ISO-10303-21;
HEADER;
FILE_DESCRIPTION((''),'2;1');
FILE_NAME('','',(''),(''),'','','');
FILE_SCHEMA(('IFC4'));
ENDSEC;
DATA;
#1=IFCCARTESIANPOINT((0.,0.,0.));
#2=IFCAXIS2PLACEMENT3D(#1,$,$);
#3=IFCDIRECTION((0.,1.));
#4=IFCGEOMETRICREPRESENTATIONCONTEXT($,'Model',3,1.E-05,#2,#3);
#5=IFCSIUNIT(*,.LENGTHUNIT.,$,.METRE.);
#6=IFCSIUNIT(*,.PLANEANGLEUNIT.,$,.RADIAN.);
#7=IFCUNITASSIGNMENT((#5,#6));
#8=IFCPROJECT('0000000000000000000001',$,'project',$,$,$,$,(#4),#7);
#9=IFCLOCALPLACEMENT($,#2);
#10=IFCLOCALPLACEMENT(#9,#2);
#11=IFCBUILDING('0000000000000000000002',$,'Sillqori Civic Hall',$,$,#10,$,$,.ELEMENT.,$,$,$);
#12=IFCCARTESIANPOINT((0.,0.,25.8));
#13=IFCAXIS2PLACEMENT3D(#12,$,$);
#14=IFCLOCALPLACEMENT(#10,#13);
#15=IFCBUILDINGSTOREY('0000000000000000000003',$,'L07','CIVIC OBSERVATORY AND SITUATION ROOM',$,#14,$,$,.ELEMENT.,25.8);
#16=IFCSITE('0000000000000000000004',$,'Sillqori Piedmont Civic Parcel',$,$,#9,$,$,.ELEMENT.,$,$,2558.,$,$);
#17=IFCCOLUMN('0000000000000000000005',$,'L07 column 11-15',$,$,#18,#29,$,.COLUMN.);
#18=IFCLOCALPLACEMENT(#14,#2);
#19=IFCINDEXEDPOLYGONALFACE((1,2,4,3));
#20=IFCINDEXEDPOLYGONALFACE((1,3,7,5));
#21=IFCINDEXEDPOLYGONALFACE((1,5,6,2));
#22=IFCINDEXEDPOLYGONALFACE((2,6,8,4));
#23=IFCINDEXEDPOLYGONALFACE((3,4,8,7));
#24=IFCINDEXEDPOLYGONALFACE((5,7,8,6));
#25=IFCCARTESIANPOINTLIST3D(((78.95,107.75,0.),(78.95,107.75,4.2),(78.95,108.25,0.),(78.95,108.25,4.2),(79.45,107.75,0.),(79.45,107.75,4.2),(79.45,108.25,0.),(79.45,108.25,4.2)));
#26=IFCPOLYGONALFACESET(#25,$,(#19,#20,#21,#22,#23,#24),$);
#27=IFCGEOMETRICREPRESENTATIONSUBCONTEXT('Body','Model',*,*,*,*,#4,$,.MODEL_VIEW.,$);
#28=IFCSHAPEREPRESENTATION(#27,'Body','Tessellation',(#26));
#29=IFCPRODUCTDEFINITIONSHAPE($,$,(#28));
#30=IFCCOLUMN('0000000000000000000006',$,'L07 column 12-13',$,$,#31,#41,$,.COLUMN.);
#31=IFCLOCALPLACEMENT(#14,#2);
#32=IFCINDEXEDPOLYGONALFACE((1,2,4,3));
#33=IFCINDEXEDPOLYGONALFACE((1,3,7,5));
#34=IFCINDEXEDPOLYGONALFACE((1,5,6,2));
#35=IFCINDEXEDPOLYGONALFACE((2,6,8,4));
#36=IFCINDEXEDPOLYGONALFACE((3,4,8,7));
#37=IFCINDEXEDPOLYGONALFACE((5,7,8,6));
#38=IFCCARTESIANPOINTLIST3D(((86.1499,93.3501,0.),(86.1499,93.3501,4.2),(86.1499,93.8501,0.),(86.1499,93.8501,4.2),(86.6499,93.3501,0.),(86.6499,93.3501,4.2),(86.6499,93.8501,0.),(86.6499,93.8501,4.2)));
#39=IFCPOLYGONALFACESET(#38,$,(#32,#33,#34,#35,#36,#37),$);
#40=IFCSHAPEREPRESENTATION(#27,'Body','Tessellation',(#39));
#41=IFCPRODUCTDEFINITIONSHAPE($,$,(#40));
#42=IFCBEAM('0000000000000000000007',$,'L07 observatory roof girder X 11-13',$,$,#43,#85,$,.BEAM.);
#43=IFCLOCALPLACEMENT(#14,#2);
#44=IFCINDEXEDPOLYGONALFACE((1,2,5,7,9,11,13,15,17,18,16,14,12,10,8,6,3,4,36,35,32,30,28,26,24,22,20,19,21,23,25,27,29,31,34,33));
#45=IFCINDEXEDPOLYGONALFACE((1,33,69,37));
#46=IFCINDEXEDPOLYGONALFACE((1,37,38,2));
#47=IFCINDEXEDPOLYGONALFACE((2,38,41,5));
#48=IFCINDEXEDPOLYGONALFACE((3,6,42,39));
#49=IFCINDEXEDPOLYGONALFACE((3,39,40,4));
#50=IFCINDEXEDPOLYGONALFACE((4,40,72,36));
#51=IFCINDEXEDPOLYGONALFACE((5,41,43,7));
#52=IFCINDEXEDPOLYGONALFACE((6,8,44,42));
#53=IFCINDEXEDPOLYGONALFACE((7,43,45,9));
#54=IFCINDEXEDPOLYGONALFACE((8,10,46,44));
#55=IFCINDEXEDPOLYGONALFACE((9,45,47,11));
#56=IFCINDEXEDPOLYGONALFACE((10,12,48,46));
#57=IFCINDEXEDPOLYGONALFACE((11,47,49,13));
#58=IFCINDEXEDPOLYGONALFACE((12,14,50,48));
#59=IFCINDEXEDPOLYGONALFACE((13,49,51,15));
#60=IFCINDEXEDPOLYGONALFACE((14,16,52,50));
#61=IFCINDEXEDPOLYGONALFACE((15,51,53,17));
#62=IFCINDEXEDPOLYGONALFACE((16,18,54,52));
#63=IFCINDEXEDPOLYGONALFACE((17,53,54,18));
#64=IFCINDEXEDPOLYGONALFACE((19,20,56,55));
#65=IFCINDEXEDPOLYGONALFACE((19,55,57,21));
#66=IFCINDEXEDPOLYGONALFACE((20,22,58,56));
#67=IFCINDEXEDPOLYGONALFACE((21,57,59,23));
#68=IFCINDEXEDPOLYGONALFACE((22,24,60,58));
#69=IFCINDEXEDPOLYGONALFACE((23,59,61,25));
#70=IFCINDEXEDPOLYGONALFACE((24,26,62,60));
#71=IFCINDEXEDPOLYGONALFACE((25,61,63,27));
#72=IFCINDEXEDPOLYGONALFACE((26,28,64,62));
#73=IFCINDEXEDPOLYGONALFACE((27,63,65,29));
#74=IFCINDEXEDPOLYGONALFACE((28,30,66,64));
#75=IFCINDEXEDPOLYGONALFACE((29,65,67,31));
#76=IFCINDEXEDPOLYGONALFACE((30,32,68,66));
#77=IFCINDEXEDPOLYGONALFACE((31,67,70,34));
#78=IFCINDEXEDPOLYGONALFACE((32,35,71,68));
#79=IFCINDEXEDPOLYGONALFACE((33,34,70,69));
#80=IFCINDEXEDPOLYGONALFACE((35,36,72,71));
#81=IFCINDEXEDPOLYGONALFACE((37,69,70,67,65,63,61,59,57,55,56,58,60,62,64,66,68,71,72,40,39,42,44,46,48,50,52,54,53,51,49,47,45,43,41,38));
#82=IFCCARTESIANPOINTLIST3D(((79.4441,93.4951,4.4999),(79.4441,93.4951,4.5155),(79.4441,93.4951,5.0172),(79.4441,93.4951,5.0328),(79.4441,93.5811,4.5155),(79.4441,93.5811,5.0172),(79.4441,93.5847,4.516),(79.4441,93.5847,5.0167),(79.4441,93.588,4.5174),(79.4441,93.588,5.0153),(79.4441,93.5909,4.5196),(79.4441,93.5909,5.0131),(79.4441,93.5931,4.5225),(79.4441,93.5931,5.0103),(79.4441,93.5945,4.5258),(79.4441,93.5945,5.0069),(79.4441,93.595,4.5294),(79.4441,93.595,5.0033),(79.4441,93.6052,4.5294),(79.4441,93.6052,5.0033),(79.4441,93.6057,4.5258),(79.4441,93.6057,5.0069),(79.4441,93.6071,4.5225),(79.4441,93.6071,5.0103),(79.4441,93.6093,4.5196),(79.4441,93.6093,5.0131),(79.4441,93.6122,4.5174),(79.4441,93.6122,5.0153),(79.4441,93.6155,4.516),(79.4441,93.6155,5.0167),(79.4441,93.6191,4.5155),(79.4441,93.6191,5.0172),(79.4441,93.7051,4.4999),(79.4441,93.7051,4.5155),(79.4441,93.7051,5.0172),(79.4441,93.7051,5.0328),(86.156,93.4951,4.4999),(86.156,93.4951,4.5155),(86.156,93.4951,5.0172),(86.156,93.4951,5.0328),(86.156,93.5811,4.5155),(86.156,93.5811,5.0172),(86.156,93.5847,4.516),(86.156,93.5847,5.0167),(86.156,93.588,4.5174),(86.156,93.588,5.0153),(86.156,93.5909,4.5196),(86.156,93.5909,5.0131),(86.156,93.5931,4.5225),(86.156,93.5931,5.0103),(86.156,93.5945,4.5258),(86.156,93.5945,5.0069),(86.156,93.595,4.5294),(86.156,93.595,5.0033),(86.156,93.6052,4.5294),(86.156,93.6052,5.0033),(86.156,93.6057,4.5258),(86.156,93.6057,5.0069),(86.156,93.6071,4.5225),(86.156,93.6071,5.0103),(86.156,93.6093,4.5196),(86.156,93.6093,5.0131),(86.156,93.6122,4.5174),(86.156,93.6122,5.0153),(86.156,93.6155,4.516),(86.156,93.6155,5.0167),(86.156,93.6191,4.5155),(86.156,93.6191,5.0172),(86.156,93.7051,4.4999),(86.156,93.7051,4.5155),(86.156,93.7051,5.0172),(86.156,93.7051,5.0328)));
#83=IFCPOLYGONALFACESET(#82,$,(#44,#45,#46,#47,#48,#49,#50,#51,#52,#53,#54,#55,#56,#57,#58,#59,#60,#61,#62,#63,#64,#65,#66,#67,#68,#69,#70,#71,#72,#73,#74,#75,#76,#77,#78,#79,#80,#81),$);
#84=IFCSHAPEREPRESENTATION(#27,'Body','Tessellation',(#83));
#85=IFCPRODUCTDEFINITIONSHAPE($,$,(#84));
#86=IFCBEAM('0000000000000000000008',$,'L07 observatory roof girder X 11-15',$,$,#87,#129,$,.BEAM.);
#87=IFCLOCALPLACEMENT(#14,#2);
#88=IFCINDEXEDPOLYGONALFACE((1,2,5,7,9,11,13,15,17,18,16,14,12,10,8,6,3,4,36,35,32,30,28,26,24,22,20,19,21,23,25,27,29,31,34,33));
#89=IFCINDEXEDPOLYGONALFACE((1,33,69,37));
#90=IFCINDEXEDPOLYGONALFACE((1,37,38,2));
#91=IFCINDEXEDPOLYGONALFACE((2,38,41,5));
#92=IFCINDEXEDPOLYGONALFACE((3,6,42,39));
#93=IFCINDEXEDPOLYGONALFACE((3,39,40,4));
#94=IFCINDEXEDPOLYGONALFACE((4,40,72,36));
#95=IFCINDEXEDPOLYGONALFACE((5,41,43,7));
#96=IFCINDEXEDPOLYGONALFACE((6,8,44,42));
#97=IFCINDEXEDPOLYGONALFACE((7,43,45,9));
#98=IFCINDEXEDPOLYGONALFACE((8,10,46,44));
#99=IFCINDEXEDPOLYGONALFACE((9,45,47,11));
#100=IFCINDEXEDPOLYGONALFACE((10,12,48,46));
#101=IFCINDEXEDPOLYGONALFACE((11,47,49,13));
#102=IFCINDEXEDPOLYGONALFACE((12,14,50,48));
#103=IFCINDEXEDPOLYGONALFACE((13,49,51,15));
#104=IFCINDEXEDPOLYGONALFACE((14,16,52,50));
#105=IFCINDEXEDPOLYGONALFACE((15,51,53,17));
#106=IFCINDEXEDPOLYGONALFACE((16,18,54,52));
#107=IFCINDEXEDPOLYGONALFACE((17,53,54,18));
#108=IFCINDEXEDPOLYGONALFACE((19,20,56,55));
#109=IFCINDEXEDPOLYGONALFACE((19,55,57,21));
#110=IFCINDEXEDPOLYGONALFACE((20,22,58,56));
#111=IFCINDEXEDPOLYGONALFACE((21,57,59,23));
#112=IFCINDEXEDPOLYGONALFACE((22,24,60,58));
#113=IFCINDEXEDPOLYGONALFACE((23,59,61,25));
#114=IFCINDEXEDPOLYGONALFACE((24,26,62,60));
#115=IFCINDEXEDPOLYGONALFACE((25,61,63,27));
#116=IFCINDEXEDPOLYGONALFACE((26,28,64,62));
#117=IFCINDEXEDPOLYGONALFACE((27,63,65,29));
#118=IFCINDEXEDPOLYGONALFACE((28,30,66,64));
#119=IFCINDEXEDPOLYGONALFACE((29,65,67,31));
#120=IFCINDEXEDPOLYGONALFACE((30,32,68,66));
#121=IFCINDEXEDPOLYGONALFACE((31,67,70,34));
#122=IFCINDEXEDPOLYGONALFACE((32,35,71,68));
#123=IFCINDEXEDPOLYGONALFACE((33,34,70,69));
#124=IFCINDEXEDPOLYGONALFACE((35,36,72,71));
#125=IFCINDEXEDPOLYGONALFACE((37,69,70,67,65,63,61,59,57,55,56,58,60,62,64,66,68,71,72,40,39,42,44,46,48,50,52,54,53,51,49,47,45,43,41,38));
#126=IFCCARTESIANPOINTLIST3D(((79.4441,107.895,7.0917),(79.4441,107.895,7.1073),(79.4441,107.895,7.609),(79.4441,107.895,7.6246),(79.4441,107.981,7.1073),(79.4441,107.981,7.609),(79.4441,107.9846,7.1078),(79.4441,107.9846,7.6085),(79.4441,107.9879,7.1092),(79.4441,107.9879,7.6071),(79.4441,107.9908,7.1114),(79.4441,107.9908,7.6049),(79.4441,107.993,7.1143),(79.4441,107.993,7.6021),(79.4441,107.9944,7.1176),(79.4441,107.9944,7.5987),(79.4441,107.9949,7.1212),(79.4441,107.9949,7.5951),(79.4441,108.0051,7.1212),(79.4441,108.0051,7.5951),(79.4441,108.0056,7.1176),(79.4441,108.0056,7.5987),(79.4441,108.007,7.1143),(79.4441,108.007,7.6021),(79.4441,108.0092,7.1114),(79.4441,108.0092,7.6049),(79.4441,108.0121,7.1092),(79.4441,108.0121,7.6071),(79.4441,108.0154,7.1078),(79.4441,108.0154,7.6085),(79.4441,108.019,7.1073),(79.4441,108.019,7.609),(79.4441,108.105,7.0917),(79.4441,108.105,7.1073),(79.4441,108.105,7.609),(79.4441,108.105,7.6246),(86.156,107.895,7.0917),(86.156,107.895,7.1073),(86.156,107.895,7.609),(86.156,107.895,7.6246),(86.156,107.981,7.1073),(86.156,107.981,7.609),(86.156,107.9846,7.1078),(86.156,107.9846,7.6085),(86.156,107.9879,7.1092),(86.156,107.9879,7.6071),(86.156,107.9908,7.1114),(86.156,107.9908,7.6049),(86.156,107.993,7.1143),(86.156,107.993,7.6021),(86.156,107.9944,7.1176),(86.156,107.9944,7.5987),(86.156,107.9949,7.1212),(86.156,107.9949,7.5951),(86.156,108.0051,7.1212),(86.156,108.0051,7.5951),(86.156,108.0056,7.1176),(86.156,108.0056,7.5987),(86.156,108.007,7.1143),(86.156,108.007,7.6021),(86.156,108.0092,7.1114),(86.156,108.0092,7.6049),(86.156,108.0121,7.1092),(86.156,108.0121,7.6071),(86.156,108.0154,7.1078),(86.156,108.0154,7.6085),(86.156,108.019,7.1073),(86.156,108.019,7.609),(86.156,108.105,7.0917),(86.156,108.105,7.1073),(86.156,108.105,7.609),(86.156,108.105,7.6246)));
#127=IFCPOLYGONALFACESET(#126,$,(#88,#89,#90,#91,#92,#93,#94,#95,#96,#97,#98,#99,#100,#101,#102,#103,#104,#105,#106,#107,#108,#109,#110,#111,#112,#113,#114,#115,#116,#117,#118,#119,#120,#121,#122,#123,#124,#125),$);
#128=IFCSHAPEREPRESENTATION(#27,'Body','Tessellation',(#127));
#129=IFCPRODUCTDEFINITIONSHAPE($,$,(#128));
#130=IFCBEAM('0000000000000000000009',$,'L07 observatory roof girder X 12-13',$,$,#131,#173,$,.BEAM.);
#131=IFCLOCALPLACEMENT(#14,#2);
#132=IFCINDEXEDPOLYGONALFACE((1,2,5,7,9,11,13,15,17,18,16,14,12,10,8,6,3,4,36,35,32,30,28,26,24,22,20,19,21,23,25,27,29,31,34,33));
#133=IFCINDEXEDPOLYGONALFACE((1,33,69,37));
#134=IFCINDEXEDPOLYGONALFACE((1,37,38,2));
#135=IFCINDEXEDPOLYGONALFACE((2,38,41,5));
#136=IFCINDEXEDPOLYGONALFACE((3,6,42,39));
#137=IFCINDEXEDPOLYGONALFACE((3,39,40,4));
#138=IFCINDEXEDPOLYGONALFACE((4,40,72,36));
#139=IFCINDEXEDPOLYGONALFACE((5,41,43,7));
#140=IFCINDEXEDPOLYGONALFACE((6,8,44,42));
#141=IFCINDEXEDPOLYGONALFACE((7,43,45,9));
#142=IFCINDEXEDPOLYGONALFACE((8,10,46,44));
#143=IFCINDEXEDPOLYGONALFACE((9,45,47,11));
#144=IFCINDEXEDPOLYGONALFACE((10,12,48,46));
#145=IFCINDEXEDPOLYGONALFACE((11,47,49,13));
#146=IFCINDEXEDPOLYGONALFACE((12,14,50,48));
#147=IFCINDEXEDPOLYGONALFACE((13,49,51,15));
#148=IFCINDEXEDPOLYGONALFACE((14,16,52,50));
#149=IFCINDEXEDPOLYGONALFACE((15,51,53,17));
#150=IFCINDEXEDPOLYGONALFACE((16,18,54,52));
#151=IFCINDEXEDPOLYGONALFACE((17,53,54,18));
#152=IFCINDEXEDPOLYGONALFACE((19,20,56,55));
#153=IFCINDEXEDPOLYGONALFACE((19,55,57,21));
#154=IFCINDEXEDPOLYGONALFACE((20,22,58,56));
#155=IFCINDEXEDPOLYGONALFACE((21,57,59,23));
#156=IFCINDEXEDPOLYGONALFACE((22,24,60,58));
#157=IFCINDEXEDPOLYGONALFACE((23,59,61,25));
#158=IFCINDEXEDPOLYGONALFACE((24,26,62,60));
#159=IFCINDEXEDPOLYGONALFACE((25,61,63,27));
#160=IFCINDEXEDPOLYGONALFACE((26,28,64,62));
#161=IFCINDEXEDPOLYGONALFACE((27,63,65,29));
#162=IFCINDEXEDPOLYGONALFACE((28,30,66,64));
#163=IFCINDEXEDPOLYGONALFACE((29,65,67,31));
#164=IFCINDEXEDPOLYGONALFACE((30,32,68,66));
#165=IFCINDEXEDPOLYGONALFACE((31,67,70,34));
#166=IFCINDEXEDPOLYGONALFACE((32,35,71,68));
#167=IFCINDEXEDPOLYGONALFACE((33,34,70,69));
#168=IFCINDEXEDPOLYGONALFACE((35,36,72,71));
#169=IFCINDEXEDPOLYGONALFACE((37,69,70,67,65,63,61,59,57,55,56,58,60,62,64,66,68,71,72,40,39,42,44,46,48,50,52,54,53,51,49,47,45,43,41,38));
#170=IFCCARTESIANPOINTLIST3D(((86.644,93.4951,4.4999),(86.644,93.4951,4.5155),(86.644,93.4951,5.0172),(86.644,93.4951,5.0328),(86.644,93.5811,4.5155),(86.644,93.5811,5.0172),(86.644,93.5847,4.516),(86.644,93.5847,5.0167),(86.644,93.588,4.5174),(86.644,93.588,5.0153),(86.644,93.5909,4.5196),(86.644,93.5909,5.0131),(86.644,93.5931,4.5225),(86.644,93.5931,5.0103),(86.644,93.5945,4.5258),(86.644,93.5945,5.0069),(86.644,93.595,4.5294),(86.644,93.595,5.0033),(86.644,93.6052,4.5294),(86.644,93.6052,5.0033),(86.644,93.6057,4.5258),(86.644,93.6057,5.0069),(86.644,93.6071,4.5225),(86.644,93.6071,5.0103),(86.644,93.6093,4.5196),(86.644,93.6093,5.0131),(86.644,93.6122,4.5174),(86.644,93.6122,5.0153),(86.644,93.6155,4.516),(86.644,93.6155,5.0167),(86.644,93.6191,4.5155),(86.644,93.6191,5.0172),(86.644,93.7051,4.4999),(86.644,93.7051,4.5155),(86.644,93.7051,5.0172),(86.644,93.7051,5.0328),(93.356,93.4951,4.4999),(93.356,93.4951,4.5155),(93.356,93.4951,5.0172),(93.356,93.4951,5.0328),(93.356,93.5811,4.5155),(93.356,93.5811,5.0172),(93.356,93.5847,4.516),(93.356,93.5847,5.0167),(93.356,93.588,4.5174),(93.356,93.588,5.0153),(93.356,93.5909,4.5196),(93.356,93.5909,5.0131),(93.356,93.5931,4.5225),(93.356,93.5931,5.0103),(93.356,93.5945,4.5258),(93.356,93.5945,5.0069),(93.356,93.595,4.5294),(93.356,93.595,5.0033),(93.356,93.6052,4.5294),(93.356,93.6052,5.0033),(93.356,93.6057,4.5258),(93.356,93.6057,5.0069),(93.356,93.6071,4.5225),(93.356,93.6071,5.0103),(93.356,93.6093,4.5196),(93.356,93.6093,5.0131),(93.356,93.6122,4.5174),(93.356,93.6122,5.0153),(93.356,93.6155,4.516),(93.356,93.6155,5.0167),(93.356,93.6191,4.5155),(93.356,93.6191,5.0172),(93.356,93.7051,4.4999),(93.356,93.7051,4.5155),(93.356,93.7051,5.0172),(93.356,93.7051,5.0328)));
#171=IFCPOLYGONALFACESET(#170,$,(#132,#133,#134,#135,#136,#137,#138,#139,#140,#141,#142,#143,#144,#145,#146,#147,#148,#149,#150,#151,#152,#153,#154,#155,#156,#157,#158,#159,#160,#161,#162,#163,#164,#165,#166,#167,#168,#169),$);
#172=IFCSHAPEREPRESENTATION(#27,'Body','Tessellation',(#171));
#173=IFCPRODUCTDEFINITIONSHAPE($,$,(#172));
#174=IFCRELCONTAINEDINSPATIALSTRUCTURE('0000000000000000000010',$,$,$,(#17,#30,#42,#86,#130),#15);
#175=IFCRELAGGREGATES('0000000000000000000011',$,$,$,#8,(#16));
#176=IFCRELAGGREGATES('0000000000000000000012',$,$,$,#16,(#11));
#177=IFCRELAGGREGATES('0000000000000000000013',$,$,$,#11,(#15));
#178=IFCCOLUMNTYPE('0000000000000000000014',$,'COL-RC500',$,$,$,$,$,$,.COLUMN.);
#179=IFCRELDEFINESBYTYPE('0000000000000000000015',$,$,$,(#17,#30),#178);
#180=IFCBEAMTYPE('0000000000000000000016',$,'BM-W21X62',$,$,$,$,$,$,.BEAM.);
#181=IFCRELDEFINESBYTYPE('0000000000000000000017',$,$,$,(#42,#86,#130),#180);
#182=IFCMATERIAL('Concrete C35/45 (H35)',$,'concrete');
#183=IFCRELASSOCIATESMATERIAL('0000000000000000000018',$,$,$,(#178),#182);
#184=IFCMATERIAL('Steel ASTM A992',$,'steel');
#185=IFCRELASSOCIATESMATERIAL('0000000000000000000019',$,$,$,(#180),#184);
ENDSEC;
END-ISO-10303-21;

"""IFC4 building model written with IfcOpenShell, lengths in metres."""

from ifc_helpers import new_model, si_unit, direction, frame, origin, origin_2d, place, context, subcontext, project, spatial, rectangle, i_section, extrude, material, material_profile, profile_set, type_object, element, save


model = new_model("IFC4")

# Units and contexts
model_context = context("Model", 3, precision=1e-05, world=origin(), true_north=direction((0.0, 1.0)))
body_context = subcontext(model_context, "Body", "Model", "MODEL_VIEW")
ifc_project = project(units=[si_unit("LENGTHUNIT", "METRE"), si_unit("PLANEANGLEUNIT", "RADIAN")], contexts=[model_context])

# Site, building, storey
site_placement = place(None, origin())
site = spatial("IfcSite", under=ifc_project, at=site_placement, Name="Sillqori Piedmont Civic Parcel", CompositionType="ELEMENT", RefElevation=2558.0)
building_placement = place(site_placement, origin())
building = spatial("IfcBuilding", under=site, at=building_placement, Name="Sillqori Civic Hall", CompositionType="ELEMENT")
storey_placement = place(building_placement, frame((0.0, 0.0, 25.8)))
storey = spatial("IfcBuildingStorey", under=building, at=storey_placement, Name="L07", Description="CIVIC OBSERVATORY AND SITUATION ROOM", CompositionType="ELEMENT", Elevation=25.8)

# Columns
ifc_material_1 = material(Name="Concrete C35/45 (H35)", Category="concrete")
ifc_material_profile_1 = material_profile(ifc_material_1, rectangle(XDim=0.5, YDim=0.5, at=origin_2d()), Name="RC 500x500")
ifc_profile_set_1 = profile_set([ifc_material_profile_1], Name="Concrete C35/45 (H35)")
column_type = type_object("IfcColumnType", Name="COL-RC500", PredefinedType="COLUMN", material=ifc_profile_set_1)
for number, where, z_axis, x_axis, name in (
    (1, (79.2, 108.0, 0.0), (0.0, 0.0, 1.0), (1.0, 0.0, 0.0), "L07 column 11-15"),
    (2, (86.3999, 93.6001, 0.0), (0.0, 0.0, 1.0), (1.0, 0.0, 0.0), "L07 column 12-13"),
):
    element("IfcColumn", number, at=place(storey_placement, frame(where, z_axis=z_axis, x_axis=x_axis)), inside=storey, type_object=column_type, Name=name, PredefinedType="COLUMN", context=body_context, shape_type="SweptSolid", body=[
        extrude(rectangle(XDim=0.5, YDim=0.5, at=origin_2d()), origin(), (0.0, 0.0, 1.0), 4.2),
    ])

# Beams
ifc_material_2 = material(Name="Steel ASTM A992", Category="steel")
ifc_material_profile_2 = material_profile(ifc_material_2, i_section(OverallWidth=0.21, OverallDepth=0.533, WebThickness=0.0103, FlangeThickness=0.0156, FilletRadius=0.0139, at=origin_2d()), Name="W21X62")
ifc_profile_set_2 = profile_set([ifc_material_profile_2], Name="Steel ASTM A992")
beam_type = type_object("IfcBeamType", Name="BM-W21X62", PredefinedType="BEAM", material=ifc_profile_set_2)
for number, where, z_axis, x_axis, name in (
    (3, (79.4441, 93.6001, 4.7664), (1.0, 0.0, 0.0), (0.0, 1.0, 0.0), "L07 observatory roof girder X 11-13"),
    (4, (79.4441, 108.0, 7.3582), (1.0, 0.0, 0.0), (0.0, 1.0, 0.0), "L07 observatory roof girder X 11-15"),
    (5, (86.644, 93.6001, 4.7664), (1.0, 0.0, 0.0), (0.0, 1.0, 0.0), "L07 observatory roof girder X 12-13"),
):
    element("IfcBeam", number, at=place(storey_placement, frame(where, z_axis=z_axis, x_axis=x_axis)), inside=storey, type_object=beam_type, Name=name, PredefinedType="BEAM", context=body_context, shape_type="SweptSolid", body=[
        extrude(i_section(OverallWidth=0.21, OverallDepth=0.533, WebThickness=0.0103, FlangeThickness=0.0156, FilletRadius=0.0139, at=origin_2d()), origin(), (0.0, 0.0, 1.0), 6.7119),
    ])

save(model, "model.ifc")
